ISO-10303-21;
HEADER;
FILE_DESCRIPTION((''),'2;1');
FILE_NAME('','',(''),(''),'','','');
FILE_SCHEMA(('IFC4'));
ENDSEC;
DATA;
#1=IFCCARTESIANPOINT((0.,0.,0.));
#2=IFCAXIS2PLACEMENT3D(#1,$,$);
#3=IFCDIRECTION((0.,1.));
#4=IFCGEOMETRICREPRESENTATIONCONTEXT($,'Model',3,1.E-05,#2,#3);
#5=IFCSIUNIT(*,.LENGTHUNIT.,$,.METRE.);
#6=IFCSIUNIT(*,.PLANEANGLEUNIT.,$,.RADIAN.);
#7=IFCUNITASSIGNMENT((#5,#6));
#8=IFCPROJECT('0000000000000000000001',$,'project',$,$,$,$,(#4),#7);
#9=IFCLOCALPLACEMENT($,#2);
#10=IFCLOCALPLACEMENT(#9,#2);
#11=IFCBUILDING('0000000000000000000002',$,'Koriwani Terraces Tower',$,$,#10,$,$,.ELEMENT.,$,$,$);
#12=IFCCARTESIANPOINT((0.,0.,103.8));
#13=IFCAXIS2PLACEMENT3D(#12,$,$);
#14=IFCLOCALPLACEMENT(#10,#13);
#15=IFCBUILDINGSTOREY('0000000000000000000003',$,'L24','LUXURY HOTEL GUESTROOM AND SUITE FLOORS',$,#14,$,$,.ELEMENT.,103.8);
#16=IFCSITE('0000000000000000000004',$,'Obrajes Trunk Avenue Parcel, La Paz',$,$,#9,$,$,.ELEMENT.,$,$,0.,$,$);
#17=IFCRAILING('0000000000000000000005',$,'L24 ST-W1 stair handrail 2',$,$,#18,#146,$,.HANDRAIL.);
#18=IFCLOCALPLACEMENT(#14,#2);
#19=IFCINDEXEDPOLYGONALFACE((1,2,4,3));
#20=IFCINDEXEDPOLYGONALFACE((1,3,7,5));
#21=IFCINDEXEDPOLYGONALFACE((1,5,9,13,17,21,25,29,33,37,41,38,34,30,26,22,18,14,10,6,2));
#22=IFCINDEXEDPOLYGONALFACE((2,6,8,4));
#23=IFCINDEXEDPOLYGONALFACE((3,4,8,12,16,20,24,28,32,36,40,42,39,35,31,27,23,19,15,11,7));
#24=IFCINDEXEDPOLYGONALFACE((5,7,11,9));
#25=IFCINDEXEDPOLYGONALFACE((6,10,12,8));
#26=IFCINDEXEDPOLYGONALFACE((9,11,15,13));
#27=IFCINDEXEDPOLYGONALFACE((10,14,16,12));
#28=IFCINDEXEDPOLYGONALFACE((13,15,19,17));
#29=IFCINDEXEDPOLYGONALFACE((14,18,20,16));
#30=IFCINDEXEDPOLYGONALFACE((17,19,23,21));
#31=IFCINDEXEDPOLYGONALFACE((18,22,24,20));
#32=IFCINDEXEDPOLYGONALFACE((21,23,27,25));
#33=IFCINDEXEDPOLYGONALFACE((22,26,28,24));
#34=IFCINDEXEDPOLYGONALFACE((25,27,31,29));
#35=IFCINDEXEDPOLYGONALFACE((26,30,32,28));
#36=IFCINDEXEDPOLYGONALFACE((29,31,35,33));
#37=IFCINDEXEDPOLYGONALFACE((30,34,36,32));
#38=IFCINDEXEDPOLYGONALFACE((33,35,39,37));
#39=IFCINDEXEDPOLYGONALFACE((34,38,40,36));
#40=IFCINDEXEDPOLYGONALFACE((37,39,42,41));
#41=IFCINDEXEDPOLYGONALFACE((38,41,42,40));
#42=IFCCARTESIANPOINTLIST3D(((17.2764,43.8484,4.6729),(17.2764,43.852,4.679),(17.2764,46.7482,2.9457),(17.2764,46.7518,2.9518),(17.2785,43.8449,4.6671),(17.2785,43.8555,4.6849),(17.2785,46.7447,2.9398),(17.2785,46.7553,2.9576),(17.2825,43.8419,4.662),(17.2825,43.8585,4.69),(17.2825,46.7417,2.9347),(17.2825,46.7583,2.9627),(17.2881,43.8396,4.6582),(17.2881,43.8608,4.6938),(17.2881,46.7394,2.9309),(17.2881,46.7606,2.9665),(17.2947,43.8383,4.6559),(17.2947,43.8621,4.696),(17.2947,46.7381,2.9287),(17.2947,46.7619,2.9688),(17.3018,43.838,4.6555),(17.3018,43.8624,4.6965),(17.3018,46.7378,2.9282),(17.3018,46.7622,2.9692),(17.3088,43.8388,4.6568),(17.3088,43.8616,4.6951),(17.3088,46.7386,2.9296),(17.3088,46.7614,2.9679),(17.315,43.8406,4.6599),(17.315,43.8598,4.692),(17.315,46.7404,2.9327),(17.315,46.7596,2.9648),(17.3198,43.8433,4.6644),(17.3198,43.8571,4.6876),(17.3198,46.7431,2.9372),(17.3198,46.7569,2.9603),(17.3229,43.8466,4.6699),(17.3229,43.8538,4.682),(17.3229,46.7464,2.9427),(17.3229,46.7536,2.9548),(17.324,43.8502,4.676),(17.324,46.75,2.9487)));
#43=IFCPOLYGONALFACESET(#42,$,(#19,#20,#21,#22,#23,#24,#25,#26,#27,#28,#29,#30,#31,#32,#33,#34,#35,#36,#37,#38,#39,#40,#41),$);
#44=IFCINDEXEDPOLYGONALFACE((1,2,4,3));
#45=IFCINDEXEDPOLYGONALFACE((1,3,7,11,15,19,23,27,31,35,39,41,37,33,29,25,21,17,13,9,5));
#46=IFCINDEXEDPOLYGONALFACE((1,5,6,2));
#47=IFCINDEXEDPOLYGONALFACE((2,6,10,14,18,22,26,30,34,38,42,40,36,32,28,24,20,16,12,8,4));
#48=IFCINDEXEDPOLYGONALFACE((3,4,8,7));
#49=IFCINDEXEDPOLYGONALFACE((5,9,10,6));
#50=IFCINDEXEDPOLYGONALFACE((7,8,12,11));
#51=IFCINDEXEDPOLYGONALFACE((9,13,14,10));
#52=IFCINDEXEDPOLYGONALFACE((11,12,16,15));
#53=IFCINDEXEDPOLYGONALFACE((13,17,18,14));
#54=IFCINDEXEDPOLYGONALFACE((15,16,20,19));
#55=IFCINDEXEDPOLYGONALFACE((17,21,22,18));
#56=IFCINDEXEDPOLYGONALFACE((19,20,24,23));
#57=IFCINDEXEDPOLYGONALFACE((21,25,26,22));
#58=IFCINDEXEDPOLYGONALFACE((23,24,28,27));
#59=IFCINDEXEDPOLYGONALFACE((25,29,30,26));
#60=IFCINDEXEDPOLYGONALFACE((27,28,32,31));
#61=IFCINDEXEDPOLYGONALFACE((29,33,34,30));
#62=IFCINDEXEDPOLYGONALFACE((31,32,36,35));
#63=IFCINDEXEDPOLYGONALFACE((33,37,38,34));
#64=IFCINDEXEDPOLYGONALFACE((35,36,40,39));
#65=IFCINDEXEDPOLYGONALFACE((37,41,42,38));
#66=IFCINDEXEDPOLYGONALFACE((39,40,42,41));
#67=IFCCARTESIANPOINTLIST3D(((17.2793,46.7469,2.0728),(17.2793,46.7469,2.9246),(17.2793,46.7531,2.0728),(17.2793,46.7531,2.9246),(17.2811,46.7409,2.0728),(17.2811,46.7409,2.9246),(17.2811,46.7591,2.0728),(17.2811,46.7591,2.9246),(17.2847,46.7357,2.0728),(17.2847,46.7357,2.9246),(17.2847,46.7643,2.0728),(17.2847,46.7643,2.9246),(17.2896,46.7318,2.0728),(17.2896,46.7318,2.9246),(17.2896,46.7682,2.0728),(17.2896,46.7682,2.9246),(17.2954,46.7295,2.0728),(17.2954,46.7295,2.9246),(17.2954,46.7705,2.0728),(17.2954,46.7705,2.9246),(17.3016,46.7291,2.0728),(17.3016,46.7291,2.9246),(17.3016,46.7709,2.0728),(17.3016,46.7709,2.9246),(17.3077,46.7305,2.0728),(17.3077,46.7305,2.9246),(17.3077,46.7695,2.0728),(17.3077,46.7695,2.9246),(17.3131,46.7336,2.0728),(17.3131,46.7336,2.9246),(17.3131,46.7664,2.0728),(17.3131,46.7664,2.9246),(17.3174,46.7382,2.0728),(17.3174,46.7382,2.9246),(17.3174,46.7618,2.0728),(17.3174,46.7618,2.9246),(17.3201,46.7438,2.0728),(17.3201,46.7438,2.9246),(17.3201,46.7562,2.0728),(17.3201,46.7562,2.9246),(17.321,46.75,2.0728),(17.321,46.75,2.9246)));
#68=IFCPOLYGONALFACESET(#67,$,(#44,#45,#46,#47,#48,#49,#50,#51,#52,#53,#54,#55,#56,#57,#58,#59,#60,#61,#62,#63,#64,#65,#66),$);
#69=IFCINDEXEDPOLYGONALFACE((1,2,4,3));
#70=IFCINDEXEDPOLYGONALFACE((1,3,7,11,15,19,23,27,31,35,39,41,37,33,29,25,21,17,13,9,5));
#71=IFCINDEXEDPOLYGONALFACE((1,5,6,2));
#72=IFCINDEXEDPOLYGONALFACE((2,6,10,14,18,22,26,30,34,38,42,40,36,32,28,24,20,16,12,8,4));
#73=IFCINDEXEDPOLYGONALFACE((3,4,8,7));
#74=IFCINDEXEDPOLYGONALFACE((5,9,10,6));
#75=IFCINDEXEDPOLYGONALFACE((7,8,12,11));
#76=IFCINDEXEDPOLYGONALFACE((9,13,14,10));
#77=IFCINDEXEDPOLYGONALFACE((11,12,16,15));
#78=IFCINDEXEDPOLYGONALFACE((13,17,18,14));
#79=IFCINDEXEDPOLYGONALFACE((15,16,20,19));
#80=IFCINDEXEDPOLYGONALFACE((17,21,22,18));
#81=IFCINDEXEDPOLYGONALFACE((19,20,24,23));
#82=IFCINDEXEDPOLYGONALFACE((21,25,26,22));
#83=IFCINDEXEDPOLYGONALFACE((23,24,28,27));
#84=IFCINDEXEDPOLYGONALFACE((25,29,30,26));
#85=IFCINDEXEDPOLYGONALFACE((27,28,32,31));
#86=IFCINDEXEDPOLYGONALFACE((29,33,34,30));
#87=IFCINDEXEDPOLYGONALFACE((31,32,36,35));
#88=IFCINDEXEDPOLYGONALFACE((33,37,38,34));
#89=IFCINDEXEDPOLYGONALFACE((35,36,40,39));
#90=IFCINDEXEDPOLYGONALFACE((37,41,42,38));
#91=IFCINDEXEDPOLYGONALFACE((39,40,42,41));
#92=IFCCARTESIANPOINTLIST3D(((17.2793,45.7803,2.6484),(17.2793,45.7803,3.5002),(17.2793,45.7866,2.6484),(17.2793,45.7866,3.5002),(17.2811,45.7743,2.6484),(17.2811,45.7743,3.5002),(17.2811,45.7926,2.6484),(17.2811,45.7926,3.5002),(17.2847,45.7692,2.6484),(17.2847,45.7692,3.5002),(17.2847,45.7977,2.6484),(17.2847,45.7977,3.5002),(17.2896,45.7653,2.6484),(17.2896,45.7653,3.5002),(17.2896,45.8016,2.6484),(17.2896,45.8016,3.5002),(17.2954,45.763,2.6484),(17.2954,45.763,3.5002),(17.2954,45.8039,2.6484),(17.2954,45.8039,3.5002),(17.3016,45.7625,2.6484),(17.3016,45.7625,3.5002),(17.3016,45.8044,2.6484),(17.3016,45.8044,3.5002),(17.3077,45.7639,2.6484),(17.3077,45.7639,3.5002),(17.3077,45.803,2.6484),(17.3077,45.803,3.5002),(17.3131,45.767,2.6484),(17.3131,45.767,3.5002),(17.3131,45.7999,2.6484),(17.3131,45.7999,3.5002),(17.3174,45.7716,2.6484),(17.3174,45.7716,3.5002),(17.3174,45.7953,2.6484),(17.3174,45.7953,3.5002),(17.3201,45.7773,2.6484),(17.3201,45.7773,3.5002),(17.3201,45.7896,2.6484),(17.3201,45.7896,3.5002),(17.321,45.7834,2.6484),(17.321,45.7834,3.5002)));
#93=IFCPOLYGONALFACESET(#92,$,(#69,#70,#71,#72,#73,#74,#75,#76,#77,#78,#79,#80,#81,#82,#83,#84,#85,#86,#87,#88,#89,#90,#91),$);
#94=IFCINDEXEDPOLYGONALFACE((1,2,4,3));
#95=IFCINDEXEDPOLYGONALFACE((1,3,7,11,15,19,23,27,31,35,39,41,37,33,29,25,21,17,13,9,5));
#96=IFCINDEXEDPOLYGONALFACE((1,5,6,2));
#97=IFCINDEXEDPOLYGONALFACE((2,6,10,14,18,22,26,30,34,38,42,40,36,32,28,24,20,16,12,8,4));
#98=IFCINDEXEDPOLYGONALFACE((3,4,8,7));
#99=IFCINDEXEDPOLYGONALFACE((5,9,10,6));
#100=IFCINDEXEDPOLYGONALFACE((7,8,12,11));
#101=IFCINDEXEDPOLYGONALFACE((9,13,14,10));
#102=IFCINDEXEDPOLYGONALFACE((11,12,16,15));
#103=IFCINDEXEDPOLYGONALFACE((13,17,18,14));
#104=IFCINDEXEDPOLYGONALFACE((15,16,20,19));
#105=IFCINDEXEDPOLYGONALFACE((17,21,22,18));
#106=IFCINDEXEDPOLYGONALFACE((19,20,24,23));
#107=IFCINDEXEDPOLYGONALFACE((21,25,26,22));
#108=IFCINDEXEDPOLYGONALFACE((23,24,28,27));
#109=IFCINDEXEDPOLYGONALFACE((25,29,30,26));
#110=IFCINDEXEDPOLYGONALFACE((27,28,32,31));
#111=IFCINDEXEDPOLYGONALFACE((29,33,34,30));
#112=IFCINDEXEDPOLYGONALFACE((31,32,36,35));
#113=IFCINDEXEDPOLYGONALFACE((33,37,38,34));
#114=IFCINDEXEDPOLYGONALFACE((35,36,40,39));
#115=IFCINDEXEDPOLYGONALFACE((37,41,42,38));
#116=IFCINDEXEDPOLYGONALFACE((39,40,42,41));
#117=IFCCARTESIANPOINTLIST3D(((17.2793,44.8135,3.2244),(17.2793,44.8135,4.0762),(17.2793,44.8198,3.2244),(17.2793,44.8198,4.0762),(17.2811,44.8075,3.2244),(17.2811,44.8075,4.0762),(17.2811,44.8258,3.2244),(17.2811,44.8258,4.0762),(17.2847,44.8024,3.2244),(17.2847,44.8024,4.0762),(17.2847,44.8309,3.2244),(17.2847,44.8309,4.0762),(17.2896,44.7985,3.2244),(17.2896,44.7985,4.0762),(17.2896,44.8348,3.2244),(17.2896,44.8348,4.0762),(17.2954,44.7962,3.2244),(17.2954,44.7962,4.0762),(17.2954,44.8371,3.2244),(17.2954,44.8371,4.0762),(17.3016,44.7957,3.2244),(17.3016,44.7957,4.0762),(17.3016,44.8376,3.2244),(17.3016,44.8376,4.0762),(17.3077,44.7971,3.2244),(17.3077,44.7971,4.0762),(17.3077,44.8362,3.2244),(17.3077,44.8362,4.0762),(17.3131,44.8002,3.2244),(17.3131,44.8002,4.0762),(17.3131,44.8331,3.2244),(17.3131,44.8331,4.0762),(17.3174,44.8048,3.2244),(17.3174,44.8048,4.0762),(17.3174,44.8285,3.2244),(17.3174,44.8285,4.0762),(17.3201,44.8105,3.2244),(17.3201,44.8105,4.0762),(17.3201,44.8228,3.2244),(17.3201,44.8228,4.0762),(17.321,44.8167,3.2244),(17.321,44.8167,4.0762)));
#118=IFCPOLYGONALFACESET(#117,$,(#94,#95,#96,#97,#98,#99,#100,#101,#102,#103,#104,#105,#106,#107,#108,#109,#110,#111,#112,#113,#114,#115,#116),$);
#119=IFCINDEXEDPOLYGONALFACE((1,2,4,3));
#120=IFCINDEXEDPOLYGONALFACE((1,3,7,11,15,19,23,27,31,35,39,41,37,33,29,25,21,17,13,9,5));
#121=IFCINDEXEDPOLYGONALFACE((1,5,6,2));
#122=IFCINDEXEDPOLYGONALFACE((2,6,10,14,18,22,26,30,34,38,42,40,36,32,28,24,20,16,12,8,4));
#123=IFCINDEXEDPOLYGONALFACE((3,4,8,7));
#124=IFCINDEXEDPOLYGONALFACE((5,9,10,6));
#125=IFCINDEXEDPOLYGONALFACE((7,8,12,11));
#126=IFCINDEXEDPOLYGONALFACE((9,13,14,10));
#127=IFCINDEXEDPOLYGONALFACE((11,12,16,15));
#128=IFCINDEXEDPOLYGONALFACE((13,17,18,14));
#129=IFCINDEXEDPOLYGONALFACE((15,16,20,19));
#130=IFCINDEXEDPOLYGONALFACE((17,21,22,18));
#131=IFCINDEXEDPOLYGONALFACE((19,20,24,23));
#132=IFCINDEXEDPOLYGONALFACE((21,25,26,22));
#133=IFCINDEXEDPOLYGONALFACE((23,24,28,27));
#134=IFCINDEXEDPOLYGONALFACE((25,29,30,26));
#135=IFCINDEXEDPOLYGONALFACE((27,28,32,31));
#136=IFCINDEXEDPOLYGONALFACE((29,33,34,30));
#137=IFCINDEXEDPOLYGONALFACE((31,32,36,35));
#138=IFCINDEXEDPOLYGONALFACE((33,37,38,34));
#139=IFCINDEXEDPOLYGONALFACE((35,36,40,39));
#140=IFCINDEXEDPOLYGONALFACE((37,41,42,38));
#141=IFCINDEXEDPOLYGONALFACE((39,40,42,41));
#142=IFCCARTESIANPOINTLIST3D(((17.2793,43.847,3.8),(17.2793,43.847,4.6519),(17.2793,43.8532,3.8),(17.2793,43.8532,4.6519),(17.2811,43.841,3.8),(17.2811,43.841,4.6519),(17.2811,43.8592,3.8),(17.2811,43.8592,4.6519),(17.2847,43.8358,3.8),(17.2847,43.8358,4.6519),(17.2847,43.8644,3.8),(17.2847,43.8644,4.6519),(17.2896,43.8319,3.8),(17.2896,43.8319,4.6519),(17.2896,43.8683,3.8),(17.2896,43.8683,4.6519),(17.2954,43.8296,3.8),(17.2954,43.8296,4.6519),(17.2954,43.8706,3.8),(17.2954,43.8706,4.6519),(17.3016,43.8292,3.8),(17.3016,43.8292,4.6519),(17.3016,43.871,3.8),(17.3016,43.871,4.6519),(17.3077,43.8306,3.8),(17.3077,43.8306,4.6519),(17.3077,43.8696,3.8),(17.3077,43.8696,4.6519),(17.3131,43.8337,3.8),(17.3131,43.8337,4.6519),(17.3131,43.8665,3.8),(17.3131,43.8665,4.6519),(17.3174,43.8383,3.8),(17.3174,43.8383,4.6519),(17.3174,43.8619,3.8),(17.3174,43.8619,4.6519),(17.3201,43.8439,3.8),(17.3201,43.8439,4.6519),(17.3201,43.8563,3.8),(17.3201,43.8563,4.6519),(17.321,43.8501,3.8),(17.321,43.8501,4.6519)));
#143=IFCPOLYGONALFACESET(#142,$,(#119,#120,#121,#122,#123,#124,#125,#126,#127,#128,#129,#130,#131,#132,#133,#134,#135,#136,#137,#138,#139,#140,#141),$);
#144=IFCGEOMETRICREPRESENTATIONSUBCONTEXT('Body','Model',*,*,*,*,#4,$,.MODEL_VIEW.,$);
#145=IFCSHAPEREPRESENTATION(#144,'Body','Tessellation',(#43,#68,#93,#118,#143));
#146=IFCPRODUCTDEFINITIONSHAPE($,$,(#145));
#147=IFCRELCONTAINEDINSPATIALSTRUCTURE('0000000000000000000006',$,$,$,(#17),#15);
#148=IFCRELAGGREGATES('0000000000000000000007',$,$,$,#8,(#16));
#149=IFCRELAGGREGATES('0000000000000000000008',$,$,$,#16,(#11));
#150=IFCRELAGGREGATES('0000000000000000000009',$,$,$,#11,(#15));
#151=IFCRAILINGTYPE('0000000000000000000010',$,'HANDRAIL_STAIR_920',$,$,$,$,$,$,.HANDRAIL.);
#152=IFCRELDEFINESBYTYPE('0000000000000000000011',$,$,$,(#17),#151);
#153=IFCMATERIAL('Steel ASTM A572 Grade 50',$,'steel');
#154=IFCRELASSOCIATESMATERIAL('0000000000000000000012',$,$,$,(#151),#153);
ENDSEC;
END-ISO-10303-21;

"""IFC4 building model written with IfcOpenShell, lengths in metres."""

from ifc_helpers import new_model, si_unit, direction, frame, origin, origin_2d, place, context, subcontext, project, spatial, circle, extrude, material, type_object, element, save


model = new_model("IFC4")

# Units and contexts
model_context = context("Model", 3, precision=1e-05, world=origin(), true_north=direction((0.0, 1.0)))
body_context = subcontext(model_context, "Body", "Model", "MODEL_VIEW")
ifc_project = project(units=[si_unit("LENGTHUNIT", "METRE"), si_unit("PLANEANGLEUNIT", "RADIAN")], contexts=[model_context])

# Site, building, storey
site_placement = place(None, origin())
site = spatial("IfcSite", under=ifc_project, at=site_placement, Name="Obrajes Trunk Avenue Parcel, La Paz", CompositionType="ELEMENT", RefElevation=0.0)
building_placement = place(site_placement, origin())
building = spatial("IfcBuilding", under=site, at=building_placement, Name="Koriwani Terraces Tower", CompositionType="ELEMENT")
storey_placement = place(building_placement, frame((0.0, 0.0, 103.8)))
storey = spatial("IfcBuildingStorey", under=building, at=storey_placement, Name="L24", Description="LUXURY HOTEL GUESTROOM AND SUITE FLOORS", CompositionType="ELEMENT", Elevation=103.8)

# Shared definitions
ifc_material_1 = material(Name="Steel ASTM A572 Grade 50", Category="steel")

# Railing
railing_type_1 = type_object("IfcRailingType", Name="HANDRAIL_STAIR_920", PredefinedType="HANDRAIL", material=ifc_material_1)
for number, where, name in (
    (1, (17.3, 46.75, 2.0728), "L24 ST-W1 stair handrail 2"),
):
    element("IfcRailing", number, at=place(storey_placement, frame(where)), inside=storey, type_object=railing_type_1, Name=name, PredefinedType="HANDRAIL", context=body_context, shape_type="SweptSolid", body=[
        extrude(circle(Radius=0.0239, at=origin_2d()), frame((0.0, 0.0, 0.876), z_axis=(0.0, -0.859141, 0.511738), x_axis=(1.0, 0.0, 0.0)), (0.0, 0.0, 1.0), 3.3752),
        extrude(circle(Radius=0.021, at=origin_2d()), origin(), (0.0, 0.0, 1.0), 0.8518),
        extrude(circle(Radius=0.021, at=origin_2d()), frame((0.0, -0.9666, 0.5757)), (0.0, 0.0, 1.0), 0.8518),
        extrude(circle(Radius=0.021, at=origin_2d()), frame((0.0, -1.9333, 1.1516)), (0.0, 0.0, 1.0), 0.8518),
        extrude(circle(Radius=0.021, at=origin_2d()), frame((0.0, -2.8999, 1.7273)), (0.0, 0.0, 1.0), 0.8518),
    ])

save(model, "model.ifc")
